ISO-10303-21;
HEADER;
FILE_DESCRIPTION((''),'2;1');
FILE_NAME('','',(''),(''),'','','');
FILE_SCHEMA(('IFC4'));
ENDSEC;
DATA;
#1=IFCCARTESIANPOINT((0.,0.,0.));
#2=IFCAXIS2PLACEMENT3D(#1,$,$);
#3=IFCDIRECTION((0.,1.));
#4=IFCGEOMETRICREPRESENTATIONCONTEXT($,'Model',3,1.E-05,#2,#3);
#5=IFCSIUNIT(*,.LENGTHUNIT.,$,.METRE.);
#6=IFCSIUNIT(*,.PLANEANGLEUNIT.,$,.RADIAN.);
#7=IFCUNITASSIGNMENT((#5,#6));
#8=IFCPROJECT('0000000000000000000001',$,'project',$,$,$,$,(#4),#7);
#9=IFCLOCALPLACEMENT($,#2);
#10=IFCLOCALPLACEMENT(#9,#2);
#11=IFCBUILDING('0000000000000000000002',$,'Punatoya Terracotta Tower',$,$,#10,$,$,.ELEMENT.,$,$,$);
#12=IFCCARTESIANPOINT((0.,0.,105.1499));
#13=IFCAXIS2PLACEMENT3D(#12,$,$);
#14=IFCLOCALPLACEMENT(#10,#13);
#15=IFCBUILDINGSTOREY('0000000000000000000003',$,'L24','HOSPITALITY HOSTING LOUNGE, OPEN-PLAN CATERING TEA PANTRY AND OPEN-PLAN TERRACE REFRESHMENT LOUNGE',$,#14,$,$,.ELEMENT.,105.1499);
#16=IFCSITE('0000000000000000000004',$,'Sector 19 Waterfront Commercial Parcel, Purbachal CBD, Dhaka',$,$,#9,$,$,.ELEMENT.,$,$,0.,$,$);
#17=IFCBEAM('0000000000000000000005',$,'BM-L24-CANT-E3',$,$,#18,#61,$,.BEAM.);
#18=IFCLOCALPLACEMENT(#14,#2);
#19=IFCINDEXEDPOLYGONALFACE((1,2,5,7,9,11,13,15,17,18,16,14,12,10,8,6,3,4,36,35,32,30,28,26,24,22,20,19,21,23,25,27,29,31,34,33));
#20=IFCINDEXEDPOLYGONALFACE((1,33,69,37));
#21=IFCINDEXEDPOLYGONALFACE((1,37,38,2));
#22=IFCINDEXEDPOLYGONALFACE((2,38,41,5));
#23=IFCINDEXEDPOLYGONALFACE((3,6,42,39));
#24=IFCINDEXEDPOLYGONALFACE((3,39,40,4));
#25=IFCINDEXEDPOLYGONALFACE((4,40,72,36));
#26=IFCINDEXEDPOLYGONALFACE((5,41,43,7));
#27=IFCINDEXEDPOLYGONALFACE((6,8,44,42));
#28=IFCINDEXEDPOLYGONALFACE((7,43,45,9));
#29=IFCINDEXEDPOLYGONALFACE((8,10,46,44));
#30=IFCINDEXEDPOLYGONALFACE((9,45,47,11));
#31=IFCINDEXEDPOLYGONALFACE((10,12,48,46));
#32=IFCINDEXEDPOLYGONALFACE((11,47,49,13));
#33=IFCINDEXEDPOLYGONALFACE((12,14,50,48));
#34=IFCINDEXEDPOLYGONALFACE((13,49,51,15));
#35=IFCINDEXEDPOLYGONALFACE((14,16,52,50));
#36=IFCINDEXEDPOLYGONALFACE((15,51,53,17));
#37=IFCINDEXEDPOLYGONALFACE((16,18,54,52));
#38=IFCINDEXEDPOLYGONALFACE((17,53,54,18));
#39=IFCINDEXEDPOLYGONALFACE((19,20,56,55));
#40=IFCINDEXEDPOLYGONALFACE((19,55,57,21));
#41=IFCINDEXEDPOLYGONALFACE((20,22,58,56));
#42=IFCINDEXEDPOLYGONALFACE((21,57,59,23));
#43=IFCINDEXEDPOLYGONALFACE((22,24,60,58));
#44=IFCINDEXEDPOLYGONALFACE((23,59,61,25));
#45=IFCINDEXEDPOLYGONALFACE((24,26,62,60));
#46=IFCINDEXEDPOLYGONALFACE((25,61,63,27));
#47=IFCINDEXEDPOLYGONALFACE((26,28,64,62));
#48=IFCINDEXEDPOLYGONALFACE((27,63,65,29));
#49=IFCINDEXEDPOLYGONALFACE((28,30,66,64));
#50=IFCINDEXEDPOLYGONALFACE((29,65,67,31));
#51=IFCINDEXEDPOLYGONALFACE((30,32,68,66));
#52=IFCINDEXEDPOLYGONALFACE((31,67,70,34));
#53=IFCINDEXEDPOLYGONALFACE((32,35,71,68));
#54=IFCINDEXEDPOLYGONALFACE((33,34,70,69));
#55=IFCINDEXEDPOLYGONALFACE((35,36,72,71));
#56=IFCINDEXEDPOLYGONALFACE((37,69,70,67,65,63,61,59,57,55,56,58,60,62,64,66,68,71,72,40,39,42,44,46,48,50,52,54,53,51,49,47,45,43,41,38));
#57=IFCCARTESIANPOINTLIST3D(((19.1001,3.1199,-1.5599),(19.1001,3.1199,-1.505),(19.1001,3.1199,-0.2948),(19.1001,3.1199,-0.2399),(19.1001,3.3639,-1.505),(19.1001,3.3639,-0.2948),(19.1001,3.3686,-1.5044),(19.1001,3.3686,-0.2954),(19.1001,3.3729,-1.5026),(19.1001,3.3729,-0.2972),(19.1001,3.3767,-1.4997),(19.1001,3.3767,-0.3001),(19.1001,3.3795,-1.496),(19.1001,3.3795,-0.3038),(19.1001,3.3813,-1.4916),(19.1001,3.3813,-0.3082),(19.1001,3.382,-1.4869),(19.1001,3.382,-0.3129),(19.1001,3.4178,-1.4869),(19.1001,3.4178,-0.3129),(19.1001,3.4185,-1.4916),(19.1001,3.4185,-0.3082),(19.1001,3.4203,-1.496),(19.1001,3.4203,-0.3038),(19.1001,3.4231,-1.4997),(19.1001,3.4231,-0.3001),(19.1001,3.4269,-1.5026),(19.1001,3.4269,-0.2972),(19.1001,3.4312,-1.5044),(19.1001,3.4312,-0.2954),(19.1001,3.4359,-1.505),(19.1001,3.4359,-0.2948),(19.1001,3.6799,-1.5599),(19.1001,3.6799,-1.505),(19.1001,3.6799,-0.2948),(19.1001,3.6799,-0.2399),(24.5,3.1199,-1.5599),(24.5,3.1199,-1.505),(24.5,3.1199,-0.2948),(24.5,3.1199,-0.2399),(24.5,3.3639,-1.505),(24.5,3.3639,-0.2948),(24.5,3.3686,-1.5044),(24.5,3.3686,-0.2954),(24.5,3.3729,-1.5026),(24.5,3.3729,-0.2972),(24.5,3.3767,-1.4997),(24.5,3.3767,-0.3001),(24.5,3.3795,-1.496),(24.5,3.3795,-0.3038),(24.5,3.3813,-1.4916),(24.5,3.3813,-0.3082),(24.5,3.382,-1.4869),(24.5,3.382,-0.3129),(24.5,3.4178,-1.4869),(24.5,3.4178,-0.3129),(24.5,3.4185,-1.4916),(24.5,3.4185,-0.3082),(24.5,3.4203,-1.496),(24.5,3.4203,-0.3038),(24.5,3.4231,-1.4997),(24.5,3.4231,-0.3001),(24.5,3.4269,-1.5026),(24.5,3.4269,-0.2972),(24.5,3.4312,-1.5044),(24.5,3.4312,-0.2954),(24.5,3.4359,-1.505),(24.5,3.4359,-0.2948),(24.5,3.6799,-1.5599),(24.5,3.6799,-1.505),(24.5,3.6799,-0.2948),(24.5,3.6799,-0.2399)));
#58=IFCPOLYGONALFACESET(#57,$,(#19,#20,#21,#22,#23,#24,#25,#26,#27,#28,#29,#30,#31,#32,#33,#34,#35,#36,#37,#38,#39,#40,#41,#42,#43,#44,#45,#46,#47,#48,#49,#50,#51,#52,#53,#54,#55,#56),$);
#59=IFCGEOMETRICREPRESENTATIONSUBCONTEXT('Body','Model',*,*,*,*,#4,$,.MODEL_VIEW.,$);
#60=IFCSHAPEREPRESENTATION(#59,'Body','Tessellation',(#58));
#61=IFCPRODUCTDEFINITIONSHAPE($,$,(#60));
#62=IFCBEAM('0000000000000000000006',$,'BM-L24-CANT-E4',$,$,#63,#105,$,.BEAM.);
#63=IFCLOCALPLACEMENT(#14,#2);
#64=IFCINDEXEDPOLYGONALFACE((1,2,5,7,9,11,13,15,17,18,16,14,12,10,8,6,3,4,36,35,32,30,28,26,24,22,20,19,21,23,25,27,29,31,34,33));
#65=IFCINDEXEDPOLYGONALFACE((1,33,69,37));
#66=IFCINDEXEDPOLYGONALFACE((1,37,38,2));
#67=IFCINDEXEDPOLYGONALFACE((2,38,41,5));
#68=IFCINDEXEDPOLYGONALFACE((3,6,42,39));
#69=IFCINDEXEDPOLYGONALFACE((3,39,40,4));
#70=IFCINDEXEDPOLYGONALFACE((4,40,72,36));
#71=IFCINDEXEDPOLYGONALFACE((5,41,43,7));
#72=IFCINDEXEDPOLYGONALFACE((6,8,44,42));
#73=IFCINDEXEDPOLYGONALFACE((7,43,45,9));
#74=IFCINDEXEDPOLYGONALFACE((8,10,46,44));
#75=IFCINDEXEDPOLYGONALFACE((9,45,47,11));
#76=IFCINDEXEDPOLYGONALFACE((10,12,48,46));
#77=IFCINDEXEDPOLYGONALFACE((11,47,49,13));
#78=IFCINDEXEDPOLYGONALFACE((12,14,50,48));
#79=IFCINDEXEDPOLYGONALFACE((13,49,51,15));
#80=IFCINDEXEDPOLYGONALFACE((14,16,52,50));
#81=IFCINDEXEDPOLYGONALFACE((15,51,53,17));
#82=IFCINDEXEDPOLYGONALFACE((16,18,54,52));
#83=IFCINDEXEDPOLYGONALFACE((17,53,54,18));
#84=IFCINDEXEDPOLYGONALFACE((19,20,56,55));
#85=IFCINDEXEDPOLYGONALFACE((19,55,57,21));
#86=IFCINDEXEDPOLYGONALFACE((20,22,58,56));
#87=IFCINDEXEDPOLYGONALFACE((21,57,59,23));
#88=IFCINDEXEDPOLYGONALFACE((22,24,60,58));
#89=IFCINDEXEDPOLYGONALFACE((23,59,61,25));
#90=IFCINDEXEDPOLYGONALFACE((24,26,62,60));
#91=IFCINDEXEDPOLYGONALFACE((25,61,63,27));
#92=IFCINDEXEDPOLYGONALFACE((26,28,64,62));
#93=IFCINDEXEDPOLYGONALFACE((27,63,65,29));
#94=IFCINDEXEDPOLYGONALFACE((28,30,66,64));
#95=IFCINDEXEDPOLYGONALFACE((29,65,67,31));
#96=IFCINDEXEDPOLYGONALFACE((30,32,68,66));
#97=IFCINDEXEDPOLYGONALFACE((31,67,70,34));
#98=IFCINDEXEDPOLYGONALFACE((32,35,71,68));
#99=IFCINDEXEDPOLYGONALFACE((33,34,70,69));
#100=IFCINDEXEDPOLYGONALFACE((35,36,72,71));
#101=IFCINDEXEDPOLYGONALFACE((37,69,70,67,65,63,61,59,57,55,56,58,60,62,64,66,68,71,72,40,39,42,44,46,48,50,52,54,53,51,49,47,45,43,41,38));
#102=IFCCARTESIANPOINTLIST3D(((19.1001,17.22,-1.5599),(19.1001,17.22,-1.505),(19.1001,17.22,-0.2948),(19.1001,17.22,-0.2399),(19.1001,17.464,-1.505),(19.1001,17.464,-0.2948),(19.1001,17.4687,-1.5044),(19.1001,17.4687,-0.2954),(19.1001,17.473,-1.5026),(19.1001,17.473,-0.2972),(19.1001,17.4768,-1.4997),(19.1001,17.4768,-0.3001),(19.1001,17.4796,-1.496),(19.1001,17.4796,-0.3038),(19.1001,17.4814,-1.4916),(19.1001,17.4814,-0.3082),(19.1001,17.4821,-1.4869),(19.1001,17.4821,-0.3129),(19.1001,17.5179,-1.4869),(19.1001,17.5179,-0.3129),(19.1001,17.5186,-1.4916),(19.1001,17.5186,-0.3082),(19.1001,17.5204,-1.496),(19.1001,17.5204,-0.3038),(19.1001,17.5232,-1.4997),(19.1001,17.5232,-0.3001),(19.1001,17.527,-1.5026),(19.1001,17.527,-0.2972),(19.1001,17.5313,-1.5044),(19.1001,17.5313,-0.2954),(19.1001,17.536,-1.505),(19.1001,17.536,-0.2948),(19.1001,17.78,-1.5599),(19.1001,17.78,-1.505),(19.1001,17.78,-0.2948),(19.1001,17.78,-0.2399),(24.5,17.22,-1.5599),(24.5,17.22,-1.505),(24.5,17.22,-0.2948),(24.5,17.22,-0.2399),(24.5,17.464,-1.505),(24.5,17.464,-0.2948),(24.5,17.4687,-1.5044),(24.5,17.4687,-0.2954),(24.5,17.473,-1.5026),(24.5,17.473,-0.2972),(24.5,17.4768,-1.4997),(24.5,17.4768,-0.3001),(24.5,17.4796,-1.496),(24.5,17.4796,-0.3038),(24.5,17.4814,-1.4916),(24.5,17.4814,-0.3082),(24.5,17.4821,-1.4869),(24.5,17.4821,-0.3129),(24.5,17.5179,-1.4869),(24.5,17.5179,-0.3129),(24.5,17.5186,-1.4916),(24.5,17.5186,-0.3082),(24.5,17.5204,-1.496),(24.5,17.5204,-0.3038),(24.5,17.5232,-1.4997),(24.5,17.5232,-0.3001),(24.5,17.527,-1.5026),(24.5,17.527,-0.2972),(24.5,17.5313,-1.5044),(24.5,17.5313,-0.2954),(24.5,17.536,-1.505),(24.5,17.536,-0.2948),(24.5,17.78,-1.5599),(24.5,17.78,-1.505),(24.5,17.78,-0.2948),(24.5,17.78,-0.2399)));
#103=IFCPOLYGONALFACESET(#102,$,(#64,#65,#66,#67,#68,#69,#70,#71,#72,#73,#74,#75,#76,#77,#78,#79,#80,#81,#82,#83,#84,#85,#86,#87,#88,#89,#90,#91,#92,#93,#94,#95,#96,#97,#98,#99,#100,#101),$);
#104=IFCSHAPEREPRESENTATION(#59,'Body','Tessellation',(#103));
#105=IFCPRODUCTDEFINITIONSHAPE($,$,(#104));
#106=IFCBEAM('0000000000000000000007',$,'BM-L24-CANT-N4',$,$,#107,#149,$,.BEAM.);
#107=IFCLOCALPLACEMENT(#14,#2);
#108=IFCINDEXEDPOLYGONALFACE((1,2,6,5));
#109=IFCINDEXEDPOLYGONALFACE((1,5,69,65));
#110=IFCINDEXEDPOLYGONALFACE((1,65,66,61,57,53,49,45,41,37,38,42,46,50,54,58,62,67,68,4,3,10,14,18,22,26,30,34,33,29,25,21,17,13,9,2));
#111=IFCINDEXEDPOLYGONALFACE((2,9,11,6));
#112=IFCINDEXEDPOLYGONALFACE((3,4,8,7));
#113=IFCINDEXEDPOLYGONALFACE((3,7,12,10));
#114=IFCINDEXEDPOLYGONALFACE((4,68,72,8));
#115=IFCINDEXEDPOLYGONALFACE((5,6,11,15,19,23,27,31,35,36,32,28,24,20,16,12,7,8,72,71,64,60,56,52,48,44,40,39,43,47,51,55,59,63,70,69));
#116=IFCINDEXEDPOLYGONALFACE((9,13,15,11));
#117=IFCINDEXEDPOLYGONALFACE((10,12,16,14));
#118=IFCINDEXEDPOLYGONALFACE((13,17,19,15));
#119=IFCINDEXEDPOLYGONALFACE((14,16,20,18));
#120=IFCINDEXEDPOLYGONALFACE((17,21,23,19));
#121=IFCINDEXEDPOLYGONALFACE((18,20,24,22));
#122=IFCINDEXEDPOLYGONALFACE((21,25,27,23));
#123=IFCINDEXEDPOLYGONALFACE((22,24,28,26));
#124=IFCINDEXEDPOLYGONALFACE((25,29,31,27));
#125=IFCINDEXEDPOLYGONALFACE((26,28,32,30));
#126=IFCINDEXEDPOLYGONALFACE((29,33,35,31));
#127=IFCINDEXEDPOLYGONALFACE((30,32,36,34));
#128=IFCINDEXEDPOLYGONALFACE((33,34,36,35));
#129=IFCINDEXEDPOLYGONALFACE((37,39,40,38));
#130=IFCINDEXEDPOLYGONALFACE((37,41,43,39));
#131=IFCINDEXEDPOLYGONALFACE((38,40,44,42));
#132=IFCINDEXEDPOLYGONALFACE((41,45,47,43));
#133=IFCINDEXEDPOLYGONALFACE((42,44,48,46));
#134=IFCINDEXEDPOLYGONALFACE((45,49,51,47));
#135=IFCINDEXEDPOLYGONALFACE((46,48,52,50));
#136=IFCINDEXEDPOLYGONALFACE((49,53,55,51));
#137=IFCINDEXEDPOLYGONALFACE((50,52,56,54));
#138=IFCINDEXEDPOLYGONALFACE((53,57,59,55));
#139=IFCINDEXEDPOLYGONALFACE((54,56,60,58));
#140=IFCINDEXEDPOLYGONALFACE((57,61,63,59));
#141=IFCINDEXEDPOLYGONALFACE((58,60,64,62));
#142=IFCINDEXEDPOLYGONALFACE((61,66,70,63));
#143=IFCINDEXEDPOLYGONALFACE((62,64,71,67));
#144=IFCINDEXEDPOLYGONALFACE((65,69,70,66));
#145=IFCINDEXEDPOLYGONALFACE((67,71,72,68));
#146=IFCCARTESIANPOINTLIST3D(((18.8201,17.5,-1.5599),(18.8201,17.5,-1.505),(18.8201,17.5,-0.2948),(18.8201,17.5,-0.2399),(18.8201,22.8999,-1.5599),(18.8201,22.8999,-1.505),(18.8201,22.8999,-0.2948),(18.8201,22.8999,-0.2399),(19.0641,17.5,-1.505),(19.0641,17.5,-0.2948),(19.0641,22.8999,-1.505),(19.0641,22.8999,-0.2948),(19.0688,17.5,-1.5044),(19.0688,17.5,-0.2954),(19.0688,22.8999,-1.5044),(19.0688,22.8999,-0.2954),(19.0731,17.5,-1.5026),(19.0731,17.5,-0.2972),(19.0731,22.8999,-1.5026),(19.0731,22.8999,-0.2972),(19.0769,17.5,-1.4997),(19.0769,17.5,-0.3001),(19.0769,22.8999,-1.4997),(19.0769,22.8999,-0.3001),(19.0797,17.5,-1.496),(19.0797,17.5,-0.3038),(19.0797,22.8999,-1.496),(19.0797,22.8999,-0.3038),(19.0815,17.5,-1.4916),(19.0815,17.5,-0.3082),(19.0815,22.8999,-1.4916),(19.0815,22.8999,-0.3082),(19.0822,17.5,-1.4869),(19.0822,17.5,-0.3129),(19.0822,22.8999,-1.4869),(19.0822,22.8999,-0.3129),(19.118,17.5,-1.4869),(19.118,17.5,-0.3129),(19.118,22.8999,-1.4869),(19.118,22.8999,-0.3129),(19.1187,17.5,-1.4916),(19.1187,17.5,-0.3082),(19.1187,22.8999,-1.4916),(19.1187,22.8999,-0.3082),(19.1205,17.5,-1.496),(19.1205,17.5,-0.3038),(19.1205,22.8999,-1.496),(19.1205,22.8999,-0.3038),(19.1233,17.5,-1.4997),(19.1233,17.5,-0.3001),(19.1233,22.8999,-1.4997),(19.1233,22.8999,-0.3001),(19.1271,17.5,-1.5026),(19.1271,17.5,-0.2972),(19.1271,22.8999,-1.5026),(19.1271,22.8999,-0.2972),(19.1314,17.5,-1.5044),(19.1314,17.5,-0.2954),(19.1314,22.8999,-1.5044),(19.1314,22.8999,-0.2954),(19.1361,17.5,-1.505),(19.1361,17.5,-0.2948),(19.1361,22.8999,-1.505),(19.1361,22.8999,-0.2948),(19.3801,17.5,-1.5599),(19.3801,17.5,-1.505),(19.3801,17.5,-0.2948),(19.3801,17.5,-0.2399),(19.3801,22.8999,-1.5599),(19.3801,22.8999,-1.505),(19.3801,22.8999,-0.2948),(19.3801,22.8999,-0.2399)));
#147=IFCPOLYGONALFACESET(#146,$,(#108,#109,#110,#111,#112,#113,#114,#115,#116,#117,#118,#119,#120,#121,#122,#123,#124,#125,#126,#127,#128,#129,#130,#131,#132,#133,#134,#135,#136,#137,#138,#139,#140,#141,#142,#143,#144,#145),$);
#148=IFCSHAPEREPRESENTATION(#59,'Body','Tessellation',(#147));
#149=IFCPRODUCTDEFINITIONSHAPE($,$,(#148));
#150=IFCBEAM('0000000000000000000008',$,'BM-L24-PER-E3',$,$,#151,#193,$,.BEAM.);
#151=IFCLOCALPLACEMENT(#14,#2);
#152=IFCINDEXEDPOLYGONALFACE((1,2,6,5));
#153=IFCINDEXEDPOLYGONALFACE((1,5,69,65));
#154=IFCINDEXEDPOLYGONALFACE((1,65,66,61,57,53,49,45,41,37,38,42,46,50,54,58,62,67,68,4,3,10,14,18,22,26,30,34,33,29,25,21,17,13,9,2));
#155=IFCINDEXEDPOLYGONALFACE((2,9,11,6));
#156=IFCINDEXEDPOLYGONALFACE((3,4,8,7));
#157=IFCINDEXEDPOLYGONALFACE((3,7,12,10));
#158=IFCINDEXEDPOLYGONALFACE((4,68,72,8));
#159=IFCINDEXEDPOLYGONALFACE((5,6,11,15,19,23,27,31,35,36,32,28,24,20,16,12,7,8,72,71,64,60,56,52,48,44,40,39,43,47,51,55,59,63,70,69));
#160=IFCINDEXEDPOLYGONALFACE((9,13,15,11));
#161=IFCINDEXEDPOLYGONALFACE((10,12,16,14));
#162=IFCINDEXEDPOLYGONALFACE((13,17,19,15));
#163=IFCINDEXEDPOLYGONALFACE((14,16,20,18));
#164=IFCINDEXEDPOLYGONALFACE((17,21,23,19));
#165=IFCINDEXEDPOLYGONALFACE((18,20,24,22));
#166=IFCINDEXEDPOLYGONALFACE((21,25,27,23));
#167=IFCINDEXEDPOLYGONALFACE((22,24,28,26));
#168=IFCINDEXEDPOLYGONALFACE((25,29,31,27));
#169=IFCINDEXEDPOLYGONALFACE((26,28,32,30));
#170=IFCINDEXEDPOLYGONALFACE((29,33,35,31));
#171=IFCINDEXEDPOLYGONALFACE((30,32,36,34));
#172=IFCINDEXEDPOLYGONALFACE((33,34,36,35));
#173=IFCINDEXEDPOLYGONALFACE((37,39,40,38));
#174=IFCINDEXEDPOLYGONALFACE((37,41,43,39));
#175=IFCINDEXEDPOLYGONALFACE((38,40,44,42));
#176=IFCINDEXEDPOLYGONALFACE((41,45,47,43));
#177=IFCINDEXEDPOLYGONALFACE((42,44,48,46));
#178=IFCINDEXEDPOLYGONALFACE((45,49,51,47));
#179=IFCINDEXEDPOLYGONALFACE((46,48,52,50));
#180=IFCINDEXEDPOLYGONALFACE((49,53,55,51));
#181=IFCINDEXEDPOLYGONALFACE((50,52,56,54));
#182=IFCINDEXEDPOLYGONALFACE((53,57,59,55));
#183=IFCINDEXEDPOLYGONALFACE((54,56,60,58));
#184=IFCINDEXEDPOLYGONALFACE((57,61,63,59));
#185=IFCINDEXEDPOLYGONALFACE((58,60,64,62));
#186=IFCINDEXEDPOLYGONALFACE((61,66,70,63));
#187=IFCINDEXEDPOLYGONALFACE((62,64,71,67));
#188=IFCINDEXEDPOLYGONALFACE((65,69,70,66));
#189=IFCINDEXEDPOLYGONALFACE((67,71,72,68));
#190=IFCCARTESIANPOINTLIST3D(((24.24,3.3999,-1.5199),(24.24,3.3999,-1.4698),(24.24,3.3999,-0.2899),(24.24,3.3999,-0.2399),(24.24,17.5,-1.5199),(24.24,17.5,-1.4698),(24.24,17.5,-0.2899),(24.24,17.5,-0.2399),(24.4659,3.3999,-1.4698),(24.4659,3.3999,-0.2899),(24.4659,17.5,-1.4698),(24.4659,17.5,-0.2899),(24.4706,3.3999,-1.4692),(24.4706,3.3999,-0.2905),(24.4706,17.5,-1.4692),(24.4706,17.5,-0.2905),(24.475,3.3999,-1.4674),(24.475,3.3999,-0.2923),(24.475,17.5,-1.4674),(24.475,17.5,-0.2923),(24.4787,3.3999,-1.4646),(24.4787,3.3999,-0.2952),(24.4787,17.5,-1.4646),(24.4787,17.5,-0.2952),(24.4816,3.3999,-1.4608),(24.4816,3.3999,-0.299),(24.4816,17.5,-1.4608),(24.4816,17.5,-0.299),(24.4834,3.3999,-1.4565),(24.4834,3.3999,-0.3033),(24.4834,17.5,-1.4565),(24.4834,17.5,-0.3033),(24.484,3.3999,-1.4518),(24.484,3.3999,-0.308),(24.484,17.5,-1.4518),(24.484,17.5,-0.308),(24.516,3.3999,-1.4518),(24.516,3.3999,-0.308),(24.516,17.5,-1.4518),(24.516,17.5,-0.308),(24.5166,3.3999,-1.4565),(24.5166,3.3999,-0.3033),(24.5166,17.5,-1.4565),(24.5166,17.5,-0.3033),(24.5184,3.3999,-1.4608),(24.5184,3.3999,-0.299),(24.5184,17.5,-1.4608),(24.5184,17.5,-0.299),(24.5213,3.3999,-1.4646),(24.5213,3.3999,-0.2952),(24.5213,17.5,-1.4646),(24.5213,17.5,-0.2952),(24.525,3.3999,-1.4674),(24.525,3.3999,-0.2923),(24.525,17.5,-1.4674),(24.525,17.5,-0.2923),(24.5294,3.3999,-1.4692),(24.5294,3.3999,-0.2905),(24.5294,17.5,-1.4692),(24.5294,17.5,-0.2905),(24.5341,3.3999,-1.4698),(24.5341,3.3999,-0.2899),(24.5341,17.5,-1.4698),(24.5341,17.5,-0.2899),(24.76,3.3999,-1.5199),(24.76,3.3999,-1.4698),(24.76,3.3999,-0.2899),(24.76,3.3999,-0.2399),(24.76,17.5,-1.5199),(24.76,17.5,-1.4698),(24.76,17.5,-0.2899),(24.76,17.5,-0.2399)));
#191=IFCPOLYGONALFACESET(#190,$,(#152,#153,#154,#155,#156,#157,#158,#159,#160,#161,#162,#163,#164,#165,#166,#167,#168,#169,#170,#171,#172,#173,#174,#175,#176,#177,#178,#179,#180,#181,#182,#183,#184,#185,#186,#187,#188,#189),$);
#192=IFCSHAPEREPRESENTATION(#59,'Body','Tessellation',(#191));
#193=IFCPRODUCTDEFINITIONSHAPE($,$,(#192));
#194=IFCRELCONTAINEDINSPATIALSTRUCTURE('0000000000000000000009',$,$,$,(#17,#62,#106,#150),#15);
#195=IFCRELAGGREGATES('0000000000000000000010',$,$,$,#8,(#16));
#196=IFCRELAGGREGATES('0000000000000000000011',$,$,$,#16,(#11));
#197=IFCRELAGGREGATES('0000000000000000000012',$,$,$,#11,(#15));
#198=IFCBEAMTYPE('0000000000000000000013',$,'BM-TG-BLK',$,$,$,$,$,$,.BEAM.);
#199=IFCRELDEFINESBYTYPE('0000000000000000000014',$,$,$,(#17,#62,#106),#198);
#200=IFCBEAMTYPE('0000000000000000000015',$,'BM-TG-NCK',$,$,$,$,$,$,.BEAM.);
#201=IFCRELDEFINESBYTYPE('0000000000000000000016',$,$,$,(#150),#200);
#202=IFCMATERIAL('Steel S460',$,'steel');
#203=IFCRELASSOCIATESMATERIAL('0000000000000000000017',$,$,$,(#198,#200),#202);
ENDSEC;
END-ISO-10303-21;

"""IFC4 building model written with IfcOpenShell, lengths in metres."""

from ifc_helpers import new_model, si_unit, direction, frame, origin, origin_2d, place, context, subcontext, project, spatial, i_section, extrude, material, material_profile, profile_set, type_object, element, save


model = new_model("IFC4")

# Units and contexts
model_context = context("Model", 3, precision=1e-05, world=origin(), true_north=direction((0.0, 1.0)))
body_context = subcontext(model_context, "Body", "Model", "MODEL_VIEW")
ifc_project = project(units=[si_unit("LENGTHUNIT", "METRE"), si_unit("PLANEANGLEUNIT", "RADIAN")], contexts=[model_context])

# Site, building, storey
site_placement = place(None, origin())
site = spatial("IfcSite", under=ifc_project, at=site_placement, Name="Sector 19 Waterfront Commercial Parcel, Purbachal CBD, Dhaka", CompositionType="ELEMENT", RefElevation=0.0)
building_placement = place(site_placement, origin())
building = spatial("IfcBuilding", under=site, at=building_placement, Name="Punatoya Terracotta Tower", CompositionType="ELEMENT")
storey_placement = place(building_placement, frame((0.0, 0.0, 105.1499)))
storey = spatial("IfcBuildingStorey", under=building, at=storey_placement, Name="L24", Description="HOSPITALITY HOSTING LOUNGE, OPEN-PLAN CATERING TEA PANTRY AND OPEN-PLAN TERRACE REFRESHMENT LOUNGE", CompositionType="ELEMENT", Elevation=105.1499)

# Shared definitions
ifc_material_1 = material(Name="Steel S460", Category="steel")

# Beams
ifc_material_profile_1 = material_profile(ifc_material_1, i_section(OverallWidth=0.5601, OverallDepth=1.3201, WebThickness=0.0359, FlangeThickness=0.0549, FilletRadius=0.0181, at=origin_2d()))
ifc_profile_set_1 = profile_set([ifc_material_profile_1], Name="Steel S460")
beam_type_1 = type_object("IfcBeamType", Name="BM-TG-BLK", PredefinedType="BEAM", material=ifc_profile_set_1)
for number, where, z_axis, x_axis, name in (
    (1, (19.1001, 3.3999, -0.8999), (1.0, 0.0, 0.0), (0.0, 1.0, 0.0), "BM-L24-CANT-E3"),
    (2, (19.1001, 17.5, -0.8999), (1.0, 0.0, 0.0), (0.0, 1.0, 0.0), "BM-L24-CANT-E4"),
    (3, (19.1001, 17.5, -0.8999), (0.0, 1.0, 0.0), (-1.0, 0.0, 0.0), "BM-L24-CANT-N4"),
):
    element("IfcBeam", number, at=place(storey_placement, frame(where, z_axis=z_axis, x_axis=x_axis)), inside=storey, type_object=beam_type_1, Name=name, PredefinedType="BEAM", context=body_context, shape_type="SweptSolid", body=[
        extrude(i_section(OverallWidth=0.5601, OverallDepth=1.3201, WebThickness=0.0359, FlangeThickness=0.0549, FilletRadius=0.0181, at=origin_2d()), origin(), (0.0, 0.0, 1.0), 5.3999),
    ])
ifc_material_profile_2 = material_profile(ifc_material_1, i_section(OverallWidth=0.52, OverallDepth=1.28, WebThickness=0.032, FlangeThickness=0.05, FilletRadius=0.0181, at=origin_2d()))
ifc_profile_set_2 = profile_set([ifc_material_profile_2], Name="Steel S460")
beam_type_2 = type_object("IfcBeamType", Name="BM-TG-NCK", PredefinedType="BEAM", material=ifc_profile_set_2)
beam_1_placement = place(storey_placement, frame((24.5, 3.3999, -0.8799), z_axis=(0.0, 1.0, 0.0), x_axis=(-1.0, 0.0, 0.0)))
element("IfcBeam", 4, at=beam_1_placement, inside=storey, type_object=beam_type_2, Name="BM-L24-PER-E3", PredefinedType="BEAM", context=body_context, shape_type="SweptSolid", body=[
    extrude(i_section(OverallWidth=0.52, OverallDepth=1.28, WebThickness=0.032, FlangeThickness=0.05, FilletRadius=0.0181, at=origin_2d()), origin(), (0.0, 0.0, 1.0), 14.1001),
])

save(model, "model.ifc")
